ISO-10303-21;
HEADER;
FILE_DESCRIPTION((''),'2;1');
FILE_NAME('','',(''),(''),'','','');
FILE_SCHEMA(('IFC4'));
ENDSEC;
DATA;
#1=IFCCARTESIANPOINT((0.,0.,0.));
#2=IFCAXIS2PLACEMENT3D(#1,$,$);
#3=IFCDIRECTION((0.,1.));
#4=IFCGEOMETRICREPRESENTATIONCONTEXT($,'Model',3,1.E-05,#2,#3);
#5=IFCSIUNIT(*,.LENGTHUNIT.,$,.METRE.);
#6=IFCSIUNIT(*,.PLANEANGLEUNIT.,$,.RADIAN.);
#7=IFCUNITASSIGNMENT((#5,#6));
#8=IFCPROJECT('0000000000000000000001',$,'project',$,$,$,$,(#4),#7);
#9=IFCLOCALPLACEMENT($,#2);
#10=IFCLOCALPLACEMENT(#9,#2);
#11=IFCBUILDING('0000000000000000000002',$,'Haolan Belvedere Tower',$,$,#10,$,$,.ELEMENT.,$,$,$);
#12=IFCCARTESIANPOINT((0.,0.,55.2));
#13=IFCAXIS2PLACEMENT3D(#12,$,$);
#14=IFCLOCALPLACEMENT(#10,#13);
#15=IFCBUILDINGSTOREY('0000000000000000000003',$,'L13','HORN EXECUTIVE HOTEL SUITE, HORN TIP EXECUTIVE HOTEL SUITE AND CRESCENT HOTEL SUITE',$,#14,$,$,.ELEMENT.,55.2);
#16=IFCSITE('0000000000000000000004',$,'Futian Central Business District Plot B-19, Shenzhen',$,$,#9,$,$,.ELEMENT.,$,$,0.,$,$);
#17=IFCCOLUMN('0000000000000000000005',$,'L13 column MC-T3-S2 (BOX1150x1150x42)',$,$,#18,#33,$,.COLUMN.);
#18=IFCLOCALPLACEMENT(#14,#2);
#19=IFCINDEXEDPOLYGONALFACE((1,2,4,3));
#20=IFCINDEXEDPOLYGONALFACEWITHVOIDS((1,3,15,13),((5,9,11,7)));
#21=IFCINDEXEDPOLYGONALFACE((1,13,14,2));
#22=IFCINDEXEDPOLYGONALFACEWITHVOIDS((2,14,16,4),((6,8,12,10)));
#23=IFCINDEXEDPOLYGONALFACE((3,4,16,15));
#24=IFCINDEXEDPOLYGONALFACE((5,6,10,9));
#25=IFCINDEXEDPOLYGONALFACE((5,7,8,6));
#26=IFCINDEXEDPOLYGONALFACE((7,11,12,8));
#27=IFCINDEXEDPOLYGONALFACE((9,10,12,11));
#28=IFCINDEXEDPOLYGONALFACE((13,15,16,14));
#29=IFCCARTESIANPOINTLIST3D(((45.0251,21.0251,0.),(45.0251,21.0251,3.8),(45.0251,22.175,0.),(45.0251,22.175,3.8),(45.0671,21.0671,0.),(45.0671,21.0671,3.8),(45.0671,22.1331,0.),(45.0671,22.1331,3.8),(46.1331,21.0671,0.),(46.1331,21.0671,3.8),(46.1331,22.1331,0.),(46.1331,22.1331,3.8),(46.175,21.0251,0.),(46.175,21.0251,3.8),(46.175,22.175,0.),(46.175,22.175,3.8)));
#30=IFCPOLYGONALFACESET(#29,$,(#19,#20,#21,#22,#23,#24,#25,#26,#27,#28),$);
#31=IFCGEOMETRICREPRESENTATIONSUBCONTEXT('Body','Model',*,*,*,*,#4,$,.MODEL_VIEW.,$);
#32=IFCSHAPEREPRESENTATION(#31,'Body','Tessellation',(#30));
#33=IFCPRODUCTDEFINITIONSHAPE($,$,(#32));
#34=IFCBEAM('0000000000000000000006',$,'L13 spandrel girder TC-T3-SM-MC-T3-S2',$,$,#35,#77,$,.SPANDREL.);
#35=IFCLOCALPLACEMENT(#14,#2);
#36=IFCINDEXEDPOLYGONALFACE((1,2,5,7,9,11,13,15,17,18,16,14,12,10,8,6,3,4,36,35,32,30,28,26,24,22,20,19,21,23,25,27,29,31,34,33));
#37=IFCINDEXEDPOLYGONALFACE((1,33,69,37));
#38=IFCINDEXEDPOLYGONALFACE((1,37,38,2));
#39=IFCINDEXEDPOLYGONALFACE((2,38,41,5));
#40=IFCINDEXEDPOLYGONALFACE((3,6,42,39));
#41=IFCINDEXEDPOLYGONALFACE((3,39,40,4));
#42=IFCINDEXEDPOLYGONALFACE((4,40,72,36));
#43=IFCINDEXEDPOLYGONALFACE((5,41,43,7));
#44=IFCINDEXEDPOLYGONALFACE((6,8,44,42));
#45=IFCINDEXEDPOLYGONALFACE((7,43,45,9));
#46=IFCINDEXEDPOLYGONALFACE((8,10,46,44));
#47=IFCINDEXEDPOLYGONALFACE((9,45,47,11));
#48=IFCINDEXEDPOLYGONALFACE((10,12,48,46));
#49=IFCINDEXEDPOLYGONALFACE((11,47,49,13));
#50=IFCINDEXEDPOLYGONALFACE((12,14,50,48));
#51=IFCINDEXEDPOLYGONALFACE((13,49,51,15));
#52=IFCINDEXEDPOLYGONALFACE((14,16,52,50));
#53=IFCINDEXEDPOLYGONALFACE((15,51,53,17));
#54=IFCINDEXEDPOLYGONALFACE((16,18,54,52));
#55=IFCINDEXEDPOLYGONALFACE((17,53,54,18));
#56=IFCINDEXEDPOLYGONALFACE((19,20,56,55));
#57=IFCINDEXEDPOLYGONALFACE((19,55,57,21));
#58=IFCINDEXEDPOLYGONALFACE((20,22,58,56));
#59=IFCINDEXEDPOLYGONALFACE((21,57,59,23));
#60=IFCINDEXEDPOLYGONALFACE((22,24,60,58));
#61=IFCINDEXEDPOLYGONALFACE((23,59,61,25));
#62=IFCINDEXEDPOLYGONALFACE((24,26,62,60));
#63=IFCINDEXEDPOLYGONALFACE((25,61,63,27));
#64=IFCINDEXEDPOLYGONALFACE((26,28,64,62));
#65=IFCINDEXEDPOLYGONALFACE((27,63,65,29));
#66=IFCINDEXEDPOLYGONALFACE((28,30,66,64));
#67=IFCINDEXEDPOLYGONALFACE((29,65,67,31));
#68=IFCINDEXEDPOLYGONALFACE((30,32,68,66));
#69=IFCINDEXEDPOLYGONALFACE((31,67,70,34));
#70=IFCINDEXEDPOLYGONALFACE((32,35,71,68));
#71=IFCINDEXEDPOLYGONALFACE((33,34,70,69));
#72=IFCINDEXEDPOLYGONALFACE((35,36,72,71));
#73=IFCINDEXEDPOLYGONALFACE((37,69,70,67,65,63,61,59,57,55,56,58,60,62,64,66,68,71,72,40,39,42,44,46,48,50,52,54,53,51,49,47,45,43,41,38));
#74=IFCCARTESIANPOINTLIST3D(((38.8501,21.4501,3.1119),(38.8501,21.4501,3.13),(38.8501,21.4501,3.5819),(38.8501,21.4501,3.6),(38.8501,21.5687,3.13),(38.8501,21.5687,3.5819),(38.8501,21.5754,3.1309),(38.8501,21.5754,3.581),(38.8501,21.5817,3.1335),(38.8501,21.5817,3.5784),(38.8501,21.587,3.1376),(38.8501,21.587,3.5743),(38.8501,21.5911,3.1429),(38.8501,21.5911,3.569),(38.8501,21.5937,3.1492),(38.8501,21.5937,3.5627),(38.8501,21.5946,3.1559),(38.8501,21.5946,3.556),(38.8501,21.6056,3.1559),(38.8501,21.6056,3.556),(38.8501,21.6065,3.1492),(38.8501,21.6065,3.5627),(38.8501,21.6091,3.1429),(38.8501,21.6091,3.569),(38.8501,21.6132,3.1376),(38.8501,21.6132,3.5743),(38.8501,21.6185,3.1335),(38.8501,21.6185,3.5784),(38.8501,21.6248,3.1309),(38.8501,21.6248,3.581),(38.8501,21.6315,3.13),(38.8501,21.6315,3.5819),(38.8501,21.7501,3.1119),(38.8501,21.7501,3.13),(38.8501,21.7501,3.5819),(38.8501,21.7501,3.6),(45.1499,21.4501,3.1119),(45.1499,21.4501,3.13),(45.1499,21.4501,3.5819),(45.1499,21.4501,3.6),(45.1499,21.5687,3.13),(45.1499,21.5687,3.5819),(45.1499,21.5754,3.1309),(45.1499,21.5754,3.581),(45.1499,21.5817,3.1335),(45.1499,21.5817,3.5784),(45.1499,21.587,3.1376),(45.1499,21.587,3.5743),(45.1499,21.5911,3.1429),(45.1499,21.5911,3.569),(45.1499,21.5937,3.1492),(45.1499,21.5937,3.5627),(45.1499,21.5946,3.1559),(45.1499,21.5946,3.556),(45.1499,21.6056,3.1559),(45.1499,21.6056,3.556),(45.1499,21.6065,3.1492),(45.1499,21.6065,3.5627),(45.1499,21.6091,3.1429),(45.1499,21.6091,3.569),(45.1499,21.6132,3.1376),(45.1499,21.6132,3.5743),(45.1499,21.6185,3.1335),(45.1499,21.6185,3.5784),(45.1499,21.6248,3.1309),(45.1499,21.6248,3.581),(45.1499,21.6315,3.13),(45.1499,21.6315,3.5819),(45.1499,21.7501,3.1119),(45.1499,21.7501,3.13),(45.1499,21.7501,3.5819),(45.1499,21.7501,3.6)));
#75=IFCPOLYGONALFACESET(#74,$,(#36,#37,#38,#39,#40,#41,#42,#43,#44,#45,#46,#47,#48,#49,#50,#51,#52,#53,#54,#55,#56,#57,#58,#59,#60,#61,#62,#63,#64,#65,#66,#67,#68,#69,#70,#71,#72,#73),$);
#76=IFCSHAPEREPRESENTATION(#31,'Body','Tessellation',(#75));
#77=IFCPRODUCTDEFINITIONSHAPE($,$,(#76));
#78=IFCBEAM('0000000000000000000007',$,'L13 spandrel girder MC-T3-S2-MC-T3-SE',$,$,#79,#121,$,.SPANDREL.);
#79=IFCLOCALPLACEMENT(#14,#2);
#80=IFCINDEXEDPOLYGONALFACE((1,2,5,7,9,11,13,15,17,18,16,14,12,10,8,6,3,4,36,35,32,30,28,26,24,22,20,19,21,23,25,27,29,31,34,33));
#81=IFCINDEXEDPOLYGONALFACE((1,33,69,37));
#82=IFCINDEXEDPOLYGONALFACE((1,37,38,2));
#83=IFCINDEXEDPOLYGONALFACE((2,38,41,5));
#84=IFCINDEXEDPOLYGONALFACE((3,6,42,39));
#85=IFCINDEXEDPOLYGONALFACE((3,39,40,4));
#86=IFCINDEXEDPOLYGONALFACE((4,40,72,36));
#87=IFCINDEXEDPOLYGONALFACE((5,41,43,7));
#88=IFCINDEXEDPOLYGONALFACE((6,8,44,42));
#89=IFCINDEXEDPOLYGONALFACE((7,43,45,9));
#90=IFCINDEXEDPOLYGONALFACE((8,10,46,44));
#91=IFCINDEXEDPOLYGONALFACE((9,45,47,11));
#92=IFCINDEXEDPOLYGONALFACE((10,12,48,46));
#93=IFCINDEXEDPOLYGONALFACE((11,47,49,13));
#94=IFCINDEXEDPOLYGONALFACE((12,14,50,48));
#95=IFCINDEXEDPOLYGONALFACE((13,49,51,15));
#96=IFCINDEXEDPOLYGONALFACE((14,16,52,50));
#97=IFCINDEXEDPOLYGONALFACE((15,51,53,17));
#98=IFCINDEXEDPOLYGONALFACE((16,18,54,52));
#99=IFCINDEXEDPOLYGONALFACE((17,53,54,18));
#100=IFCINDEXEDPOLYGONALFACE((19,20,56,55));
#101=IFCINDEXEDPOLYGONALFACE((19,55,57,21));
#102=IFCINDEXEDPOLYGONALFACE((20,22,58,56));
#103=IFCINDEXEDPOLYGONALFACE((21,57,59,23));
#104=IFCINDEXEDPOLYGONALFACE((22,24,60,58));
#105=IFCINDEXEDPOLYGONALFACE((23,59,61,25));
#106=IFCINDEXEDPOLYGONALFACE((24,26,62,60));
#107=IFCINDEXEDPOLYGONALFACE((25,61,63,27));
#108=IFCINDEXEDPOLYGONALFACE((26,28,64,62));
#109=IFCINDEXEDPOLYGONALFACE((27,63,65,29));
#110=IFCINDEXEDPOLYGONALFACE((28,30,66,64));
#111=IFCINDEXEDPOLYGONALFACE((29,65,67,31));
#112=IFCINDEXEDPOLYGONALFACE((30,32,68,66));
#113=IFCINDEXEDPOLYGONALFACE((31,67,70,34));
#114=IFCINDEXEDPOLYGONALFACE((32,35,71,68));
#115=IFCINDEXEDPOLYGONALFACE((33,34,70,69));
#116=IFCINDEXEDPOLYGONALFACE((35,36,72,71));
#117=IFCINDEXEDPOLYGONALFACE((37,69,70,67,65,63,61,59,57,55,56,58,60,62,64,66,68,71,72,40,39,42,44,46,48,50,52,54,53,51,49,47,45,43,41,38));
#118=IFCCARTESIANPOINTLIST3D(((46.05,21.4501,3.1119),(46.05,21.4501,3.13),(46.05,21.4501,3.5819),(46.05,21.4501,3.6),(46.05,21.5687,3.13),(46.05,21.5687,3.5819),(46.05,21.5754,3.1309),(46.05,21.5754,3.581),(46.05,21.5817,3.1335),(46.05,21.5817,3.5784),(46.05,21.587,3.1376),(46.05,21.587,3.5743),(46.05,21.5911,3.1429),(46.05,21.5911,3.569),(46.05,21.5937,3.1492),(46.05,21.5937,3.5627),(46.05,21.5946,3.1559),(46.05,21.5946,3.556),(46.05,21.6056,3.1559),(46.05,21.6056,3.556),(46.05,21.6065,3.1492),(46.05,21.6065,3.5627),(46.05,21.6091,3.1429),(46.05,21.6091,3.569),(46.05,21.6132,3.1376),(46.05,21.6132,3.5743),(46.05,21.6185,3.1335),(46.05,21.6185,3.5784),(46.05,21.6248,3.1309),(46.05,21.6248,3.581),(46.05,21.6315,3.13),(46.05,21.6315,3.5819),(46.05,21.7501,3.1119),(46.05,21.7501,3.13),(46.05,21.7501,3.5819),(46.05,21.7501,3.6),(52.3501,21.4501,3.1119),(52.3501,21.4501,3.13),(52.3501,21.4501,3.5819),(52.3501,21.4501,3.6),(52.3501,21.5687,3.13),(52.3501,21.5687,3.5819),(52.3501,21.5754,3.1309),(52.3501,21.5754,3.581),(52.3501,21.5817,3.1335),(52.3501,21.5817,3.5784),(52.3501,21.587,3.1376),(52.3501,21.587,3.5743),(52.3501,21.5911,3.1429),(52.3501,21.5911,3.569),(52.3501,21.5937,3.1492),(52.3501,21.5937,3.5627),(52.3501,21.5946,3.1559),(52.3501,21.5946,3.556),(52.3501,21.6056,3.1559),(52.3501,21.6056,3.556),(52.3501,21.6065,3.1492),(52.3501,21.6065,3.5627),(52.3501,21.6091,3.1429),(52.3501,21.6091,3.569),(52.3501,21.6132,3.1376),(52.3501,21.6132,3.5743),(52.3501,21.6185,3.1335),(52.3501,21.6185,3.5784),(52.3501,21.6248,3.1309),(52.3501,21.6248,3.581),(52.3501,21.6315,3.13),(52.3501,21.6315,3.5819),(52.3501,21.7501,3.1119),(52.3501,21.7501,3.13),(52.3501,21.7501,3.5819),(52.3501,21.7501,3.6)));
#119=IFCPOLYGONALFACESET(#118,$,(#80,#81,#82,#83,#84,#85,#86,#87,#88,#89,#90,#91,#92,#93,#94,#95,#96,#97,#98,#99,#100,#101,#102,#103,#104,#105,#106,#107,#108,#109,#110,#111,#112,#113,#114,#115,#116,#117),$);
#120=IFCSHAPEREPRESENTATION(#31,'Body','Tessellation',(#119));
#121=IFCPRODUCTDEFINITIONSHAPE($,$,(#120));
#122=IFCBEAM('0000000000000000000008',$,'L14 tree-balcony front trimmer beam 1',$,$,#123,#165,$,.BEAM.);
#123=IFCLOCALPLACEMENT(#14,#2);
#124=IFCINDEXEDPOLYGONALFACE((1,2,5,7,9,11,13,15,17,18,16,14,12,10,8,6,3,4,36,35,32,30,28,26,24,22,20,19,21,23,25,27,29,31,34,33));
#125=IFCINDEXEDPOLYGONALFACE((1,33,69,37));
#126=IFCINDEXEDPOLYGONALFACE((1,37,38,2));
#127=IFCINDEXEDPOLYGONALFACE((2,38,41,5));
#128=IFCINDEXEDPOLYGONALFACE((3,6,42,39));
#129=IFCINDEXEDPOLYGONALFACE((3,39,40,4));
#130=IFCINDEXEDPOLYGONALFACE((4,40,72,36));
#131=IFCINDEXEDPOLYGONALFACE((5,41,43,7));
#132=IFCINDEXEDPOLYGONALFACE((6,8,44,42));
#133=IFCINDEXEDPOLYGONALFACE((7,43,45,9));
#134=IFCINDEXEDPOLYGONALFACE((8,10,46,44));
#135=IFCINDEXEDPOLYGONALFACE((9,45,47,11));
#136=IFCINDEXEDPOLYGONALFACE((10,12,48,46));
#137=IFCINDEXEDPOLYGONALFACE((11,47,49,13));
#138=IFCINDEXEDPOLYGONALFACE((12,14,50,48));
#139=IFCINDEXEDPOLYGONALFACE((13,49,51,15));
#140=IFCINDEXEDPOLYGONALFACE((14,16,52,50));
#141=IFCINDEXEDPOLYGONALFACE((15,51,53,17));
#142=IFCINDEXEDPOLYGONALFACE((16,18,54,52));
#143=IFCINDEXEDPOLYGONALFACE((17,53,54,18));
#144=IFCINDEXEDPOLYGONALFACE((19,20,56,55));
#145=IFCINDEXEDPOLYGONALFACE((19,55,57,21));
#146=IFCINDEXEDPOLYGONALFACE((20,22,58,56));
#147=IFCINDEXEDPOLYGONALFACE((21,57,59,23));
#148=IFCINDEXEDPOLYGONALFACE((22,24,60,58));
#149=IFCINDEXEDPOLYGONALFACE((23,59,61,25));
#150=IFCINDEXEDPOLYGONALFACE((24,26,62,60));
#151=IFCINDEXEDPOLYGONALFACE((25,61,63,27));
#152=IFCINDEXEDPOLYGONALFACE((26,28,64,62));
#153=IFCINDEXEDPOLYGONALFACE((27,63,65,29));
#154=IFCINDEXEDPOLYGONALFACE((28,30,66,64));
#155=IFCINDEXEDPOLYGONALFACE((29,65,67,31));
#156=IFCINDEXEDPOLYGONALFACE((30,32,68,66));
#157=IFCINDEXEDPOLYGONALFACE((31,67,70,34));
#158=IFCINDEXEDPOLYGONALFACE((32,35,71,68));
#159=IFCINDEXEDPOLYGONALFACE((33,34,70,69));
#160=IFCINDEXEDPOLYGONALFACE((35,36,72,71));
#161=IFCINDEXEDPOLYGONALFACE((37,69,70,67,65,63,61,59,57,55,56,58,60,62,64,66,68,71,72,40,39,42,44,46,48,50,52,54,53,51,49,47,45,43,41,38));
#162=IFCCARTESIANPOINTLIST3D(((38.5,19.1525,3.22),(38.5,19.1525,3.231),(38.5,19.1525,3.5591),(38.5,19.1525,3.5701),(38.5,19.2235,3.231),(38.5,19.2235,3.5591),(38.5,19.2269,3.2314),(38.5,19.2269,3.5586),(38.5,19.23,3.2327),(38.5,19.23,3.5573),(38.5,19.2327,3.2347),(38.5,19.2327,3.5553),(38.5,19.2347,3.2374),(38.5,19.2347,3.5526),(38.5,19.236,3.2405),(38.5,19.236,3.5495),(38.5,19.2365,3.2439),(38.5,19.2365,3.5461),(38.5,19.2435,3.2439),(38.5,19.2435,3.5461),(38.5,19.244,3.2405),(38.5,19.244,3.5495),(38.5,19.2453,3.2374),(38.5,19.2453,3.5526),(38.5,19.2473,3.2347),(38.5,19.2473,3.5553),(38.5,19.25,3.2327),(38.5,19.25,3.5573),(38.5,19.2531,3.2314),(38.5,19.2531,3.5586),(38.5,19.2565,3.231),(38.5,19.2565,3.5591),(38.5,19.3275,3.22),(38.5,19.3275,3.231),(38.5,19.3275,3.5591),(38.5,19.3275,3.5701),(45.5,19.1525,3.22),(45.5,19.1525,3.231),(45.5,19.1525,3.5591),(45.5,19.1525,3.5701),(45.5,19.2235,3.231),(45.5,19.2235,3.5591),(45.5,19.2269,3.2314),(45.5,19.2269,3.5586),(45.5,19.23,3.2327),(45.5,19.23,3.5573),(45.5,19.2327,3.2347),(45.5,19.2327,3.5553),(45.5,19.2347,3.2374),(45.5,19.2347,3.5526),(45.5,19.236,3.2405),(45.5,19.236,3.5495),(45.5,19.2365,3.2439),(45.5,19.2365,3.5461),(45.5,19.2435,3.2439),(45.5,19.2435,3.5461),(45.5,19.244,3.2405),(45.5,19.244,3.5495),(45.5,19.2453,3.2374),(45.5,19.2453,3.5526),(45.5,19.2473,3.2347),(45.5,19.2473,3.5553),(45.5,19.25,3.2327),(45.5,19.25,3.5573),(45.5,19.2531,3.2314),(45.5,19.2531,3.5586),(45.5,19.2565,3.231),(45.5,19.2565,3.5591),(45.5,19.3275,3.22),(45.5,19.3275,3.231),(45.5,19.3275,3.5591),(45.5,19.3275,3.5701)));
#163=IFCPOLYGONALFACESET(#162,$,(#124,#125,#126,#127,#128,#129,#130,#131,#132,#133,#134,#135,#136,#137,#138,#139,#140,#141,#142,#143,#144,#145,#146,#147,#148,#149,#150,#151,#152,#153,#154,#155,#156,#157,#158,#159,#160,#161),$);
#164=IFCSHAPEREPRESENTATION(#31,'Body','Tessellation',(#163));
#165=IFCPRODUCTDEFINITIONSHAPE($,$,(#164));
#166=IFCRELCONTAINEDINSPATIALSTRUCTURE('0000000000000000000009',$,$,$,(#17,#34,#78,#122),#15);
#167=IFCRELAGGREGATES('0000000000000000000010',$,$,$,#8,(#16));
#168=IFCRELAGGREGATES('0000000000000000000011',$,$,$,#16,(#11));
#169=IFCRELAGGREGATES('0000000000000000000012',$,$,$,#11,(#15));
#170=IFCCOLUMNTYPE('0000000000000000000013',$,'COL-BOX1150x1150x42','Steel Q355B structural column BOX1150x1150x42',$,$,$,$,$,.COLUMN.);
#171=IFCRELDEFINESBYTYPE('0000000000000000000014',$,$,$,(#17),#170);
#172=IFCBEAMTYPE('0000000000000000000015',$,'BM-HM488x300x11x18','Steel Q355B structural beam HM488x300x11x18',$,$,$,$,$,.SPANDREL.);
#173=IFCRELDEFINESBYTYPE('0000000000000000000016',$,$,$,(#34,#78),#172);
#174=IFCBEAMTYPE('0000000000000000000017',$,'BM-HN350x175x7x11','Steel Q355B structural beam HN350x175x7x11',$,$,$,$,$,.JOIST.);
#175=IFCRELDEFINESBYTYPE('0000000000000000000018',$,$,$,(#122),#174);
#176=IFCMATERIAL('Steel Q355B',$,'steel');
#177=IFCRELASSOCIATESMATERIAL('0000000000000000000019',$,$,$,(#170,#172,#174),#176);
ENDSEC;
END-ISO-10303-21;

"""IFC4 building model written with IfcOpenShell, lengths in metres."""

from ifc_helpers import new_model, si_unit, direction, frame, origin, origin_2d, place, context, subcontext, project, spatial, hollow_rectangle, i_section, extrude, material, material_profile, profile_set, type_object, element, save


model = new_model("IFC4")

# Units and contexts
model_context = context("Model", 3, precision=1e-05, world=origin(), true_north=direction((0.0, 1.0)))
body_context = subcontext(model_context, "Body", "Model", "MODEL_VIEW")
ifc_project = project(units=[si_unit("LENGTHUNIT", "METRE"), si_unit("PLANEANGLEUNIT", "RADIAN")], contexts=[model_context])

# Site, building, storey
site_placement = place(None, origin())
site = spatial("IfcSite", under=ifc_project, at=site_placement, Name="Futian Central Business District Plot B-19, Shenzhen", CompositionType="ELEMENT", RefElevation=0.0)
building_placement = place(site_placement, origin())
building = spatial("IfcBuilding", under=site, at=building_placement, Name="Haolan Belvedere Tower", CompositionType="ELEMENT")
storey_placement = place(building_placement, frame((0.0, 0.0, 55.2)))
storey = spatial("IfcBuildingStorey", under=building, at=storey_placement, Name="L13", Description="HORN EXECUTIVE HOTEL SUITE, HORN TIP EXECUTIVE HOTEL SUITE AND CRESCENT HOTEL SUITE", CompositionType="ELEMENT", Elevation=55.2)

# Column
ifc_material_1 = material(Name="Steel Q355B", Category="steel")
ifc_material_profile_1 = material_profile(ifc_material_1, hollow_rectangle(XDim=1.1499, YDim=1.1499, WallThickness=0.042, at=origin_2d()), Name="Steel Q355B")
ifc_profile_set_1 = profile_set([ifc_material_profile_1], Name="Steel Q355B")
column_type = type_object("IfcColumnType", Name="COL-BOX1150x1150x42", Description="Steel Q355B structural column BOX1150x1150x42", PredefinedType="COLUMN", material=ifc_profile_set_1)
column_placement = place(storey_placement, frame((45.6001, 21.6001, 0.0), z_axis=(0.0, 0.0, 1.0), x_axis=(1.0, 0.0, 0.0)))
element("IfcColumn", 1, at=column_placement, inside=storey, type_object=column_type, Name="L13 column MC-T3-S2 (BOX1150x1150x42)", PredefinedType="COLUMN", context=body_context, shape_type="SweptSolid", body=[
    extrude(hollow_rectangle(XDim=1.1499, YDim=1.1499, WallThickness=0.042, at=origin_2d()), origin(), (0.0, 0.0, 1.0), 3.8),
])

# Beams
ifc_material_profile_2 = material_profile(ifc_material_1, i_section(OverallWidth=0.3, OverallDepth=0.488, WebThickness=0.011, FlangeThickness=0.0181, FilletRadius=0.0259, at=origin_2d()), Name="Steel Q355B")
ifc_profile_set_2 = profile_set([ifc_material_profile_2], Name="Steel Q355B")
beam_type_1 = type_object("IfcBeamType", Name="BM-HM488x300x11x18", Description="Steel Q355B structural beam HM488x300x11x18", PredefinedType="SPANDREL", material=ifc_profile_set_2)
beam_1_placement = place(storey_placement, frame((38.8501, 21.6001, 3.356), z_axis=(1.0, 0.0, 0.0), x_axis=(0.0, 1.0, 0.0)))
element("IfcBeam", 2, at=beam_1_placement, inside=storey, type_object=beam_type_1, Name="L13 spandrel girder TC-T3-SM-MC-T3-S2", PredefinedType="SPANDREL", context=body_context, shape_type="SweptSolid", body=[
    extrude(i_section(OverallWidth=0.3, OverallDepth=0.488, WebThickness=0.011, FlangeThickness=0.0181, FilletRadius=0.0259, at=origin_2d()), origin(), (0.0, 0.0, 1.0), 6.2998),
])
beam_2_placement = place(storey_placement, frame((46.05, 21.6001, 3.356), z_axis=(1.0, 0.0, 0.0), x_axis=(0.0, 1.0, 0.0)))
element("IfcBeam", 3, at=beam_2_placement, inside=storey, type_object=beam_type_1, Name="L13 spandrel girder MC-T3-S2-MC-T3-SE", PredefinedType="SPANDREL", context=body_context, shape_type="SweptSolid", body=[
    extrude(i_section(OverallWidth=0.3, OverallDepth=0.488, WebThickness=0.011, FlangeThickness=0.0181, FilletRadius=0.0259, at=origin_2d()), origin(), (0.0, 0.0, 1.0), 6.3),
])
ifc_material_profile_3 = material_profile(ifc_material_1, i_section(OverallWidth=0.175, OverallDepth=0.3501, WebThickness=0.0071, FlangeThickness=0.011, FilletRadius=0.0129, at=origin_2d()), Name="Steel Q355B")
ifc_profile_set_3 = profile_set([ifc_material_profile_3], Name="Steel Q355B")
beam_type_2 = type_object("IfcBeamType", Name="BM-HN350x175x7x11", Description="Steel Q355B structural beam HN350x175x7x11", PredefinedType="JOIST", material=ifc_profile_set_3)
beam_3_placement = place(storey_placement, frame((38.5, 19.24, 3.395), z_axis=(1.0, 0.0, 0.0), x_axis=(0.0, 1.0, 0.0)))
element("IfcBeam", 4, at=beam_3_placement, inside=storey, type_object=beam_type_2, Name="L14 tree-balcony front trimmer beam 1", PredefinedType="BEAM", context=body_context, shape_type="SweptSolid", body=[
    extrude(i_section(OverallWidth=0.175, OverallDepth=0.3501, WebThickness=0.0071, FlangeThickness=0.011, FilletRadius=0.0129, at=origin_2d()), origin(), (0.0, 0.0, 1.0), 7.0),
])

save(model, "model.ifc")
